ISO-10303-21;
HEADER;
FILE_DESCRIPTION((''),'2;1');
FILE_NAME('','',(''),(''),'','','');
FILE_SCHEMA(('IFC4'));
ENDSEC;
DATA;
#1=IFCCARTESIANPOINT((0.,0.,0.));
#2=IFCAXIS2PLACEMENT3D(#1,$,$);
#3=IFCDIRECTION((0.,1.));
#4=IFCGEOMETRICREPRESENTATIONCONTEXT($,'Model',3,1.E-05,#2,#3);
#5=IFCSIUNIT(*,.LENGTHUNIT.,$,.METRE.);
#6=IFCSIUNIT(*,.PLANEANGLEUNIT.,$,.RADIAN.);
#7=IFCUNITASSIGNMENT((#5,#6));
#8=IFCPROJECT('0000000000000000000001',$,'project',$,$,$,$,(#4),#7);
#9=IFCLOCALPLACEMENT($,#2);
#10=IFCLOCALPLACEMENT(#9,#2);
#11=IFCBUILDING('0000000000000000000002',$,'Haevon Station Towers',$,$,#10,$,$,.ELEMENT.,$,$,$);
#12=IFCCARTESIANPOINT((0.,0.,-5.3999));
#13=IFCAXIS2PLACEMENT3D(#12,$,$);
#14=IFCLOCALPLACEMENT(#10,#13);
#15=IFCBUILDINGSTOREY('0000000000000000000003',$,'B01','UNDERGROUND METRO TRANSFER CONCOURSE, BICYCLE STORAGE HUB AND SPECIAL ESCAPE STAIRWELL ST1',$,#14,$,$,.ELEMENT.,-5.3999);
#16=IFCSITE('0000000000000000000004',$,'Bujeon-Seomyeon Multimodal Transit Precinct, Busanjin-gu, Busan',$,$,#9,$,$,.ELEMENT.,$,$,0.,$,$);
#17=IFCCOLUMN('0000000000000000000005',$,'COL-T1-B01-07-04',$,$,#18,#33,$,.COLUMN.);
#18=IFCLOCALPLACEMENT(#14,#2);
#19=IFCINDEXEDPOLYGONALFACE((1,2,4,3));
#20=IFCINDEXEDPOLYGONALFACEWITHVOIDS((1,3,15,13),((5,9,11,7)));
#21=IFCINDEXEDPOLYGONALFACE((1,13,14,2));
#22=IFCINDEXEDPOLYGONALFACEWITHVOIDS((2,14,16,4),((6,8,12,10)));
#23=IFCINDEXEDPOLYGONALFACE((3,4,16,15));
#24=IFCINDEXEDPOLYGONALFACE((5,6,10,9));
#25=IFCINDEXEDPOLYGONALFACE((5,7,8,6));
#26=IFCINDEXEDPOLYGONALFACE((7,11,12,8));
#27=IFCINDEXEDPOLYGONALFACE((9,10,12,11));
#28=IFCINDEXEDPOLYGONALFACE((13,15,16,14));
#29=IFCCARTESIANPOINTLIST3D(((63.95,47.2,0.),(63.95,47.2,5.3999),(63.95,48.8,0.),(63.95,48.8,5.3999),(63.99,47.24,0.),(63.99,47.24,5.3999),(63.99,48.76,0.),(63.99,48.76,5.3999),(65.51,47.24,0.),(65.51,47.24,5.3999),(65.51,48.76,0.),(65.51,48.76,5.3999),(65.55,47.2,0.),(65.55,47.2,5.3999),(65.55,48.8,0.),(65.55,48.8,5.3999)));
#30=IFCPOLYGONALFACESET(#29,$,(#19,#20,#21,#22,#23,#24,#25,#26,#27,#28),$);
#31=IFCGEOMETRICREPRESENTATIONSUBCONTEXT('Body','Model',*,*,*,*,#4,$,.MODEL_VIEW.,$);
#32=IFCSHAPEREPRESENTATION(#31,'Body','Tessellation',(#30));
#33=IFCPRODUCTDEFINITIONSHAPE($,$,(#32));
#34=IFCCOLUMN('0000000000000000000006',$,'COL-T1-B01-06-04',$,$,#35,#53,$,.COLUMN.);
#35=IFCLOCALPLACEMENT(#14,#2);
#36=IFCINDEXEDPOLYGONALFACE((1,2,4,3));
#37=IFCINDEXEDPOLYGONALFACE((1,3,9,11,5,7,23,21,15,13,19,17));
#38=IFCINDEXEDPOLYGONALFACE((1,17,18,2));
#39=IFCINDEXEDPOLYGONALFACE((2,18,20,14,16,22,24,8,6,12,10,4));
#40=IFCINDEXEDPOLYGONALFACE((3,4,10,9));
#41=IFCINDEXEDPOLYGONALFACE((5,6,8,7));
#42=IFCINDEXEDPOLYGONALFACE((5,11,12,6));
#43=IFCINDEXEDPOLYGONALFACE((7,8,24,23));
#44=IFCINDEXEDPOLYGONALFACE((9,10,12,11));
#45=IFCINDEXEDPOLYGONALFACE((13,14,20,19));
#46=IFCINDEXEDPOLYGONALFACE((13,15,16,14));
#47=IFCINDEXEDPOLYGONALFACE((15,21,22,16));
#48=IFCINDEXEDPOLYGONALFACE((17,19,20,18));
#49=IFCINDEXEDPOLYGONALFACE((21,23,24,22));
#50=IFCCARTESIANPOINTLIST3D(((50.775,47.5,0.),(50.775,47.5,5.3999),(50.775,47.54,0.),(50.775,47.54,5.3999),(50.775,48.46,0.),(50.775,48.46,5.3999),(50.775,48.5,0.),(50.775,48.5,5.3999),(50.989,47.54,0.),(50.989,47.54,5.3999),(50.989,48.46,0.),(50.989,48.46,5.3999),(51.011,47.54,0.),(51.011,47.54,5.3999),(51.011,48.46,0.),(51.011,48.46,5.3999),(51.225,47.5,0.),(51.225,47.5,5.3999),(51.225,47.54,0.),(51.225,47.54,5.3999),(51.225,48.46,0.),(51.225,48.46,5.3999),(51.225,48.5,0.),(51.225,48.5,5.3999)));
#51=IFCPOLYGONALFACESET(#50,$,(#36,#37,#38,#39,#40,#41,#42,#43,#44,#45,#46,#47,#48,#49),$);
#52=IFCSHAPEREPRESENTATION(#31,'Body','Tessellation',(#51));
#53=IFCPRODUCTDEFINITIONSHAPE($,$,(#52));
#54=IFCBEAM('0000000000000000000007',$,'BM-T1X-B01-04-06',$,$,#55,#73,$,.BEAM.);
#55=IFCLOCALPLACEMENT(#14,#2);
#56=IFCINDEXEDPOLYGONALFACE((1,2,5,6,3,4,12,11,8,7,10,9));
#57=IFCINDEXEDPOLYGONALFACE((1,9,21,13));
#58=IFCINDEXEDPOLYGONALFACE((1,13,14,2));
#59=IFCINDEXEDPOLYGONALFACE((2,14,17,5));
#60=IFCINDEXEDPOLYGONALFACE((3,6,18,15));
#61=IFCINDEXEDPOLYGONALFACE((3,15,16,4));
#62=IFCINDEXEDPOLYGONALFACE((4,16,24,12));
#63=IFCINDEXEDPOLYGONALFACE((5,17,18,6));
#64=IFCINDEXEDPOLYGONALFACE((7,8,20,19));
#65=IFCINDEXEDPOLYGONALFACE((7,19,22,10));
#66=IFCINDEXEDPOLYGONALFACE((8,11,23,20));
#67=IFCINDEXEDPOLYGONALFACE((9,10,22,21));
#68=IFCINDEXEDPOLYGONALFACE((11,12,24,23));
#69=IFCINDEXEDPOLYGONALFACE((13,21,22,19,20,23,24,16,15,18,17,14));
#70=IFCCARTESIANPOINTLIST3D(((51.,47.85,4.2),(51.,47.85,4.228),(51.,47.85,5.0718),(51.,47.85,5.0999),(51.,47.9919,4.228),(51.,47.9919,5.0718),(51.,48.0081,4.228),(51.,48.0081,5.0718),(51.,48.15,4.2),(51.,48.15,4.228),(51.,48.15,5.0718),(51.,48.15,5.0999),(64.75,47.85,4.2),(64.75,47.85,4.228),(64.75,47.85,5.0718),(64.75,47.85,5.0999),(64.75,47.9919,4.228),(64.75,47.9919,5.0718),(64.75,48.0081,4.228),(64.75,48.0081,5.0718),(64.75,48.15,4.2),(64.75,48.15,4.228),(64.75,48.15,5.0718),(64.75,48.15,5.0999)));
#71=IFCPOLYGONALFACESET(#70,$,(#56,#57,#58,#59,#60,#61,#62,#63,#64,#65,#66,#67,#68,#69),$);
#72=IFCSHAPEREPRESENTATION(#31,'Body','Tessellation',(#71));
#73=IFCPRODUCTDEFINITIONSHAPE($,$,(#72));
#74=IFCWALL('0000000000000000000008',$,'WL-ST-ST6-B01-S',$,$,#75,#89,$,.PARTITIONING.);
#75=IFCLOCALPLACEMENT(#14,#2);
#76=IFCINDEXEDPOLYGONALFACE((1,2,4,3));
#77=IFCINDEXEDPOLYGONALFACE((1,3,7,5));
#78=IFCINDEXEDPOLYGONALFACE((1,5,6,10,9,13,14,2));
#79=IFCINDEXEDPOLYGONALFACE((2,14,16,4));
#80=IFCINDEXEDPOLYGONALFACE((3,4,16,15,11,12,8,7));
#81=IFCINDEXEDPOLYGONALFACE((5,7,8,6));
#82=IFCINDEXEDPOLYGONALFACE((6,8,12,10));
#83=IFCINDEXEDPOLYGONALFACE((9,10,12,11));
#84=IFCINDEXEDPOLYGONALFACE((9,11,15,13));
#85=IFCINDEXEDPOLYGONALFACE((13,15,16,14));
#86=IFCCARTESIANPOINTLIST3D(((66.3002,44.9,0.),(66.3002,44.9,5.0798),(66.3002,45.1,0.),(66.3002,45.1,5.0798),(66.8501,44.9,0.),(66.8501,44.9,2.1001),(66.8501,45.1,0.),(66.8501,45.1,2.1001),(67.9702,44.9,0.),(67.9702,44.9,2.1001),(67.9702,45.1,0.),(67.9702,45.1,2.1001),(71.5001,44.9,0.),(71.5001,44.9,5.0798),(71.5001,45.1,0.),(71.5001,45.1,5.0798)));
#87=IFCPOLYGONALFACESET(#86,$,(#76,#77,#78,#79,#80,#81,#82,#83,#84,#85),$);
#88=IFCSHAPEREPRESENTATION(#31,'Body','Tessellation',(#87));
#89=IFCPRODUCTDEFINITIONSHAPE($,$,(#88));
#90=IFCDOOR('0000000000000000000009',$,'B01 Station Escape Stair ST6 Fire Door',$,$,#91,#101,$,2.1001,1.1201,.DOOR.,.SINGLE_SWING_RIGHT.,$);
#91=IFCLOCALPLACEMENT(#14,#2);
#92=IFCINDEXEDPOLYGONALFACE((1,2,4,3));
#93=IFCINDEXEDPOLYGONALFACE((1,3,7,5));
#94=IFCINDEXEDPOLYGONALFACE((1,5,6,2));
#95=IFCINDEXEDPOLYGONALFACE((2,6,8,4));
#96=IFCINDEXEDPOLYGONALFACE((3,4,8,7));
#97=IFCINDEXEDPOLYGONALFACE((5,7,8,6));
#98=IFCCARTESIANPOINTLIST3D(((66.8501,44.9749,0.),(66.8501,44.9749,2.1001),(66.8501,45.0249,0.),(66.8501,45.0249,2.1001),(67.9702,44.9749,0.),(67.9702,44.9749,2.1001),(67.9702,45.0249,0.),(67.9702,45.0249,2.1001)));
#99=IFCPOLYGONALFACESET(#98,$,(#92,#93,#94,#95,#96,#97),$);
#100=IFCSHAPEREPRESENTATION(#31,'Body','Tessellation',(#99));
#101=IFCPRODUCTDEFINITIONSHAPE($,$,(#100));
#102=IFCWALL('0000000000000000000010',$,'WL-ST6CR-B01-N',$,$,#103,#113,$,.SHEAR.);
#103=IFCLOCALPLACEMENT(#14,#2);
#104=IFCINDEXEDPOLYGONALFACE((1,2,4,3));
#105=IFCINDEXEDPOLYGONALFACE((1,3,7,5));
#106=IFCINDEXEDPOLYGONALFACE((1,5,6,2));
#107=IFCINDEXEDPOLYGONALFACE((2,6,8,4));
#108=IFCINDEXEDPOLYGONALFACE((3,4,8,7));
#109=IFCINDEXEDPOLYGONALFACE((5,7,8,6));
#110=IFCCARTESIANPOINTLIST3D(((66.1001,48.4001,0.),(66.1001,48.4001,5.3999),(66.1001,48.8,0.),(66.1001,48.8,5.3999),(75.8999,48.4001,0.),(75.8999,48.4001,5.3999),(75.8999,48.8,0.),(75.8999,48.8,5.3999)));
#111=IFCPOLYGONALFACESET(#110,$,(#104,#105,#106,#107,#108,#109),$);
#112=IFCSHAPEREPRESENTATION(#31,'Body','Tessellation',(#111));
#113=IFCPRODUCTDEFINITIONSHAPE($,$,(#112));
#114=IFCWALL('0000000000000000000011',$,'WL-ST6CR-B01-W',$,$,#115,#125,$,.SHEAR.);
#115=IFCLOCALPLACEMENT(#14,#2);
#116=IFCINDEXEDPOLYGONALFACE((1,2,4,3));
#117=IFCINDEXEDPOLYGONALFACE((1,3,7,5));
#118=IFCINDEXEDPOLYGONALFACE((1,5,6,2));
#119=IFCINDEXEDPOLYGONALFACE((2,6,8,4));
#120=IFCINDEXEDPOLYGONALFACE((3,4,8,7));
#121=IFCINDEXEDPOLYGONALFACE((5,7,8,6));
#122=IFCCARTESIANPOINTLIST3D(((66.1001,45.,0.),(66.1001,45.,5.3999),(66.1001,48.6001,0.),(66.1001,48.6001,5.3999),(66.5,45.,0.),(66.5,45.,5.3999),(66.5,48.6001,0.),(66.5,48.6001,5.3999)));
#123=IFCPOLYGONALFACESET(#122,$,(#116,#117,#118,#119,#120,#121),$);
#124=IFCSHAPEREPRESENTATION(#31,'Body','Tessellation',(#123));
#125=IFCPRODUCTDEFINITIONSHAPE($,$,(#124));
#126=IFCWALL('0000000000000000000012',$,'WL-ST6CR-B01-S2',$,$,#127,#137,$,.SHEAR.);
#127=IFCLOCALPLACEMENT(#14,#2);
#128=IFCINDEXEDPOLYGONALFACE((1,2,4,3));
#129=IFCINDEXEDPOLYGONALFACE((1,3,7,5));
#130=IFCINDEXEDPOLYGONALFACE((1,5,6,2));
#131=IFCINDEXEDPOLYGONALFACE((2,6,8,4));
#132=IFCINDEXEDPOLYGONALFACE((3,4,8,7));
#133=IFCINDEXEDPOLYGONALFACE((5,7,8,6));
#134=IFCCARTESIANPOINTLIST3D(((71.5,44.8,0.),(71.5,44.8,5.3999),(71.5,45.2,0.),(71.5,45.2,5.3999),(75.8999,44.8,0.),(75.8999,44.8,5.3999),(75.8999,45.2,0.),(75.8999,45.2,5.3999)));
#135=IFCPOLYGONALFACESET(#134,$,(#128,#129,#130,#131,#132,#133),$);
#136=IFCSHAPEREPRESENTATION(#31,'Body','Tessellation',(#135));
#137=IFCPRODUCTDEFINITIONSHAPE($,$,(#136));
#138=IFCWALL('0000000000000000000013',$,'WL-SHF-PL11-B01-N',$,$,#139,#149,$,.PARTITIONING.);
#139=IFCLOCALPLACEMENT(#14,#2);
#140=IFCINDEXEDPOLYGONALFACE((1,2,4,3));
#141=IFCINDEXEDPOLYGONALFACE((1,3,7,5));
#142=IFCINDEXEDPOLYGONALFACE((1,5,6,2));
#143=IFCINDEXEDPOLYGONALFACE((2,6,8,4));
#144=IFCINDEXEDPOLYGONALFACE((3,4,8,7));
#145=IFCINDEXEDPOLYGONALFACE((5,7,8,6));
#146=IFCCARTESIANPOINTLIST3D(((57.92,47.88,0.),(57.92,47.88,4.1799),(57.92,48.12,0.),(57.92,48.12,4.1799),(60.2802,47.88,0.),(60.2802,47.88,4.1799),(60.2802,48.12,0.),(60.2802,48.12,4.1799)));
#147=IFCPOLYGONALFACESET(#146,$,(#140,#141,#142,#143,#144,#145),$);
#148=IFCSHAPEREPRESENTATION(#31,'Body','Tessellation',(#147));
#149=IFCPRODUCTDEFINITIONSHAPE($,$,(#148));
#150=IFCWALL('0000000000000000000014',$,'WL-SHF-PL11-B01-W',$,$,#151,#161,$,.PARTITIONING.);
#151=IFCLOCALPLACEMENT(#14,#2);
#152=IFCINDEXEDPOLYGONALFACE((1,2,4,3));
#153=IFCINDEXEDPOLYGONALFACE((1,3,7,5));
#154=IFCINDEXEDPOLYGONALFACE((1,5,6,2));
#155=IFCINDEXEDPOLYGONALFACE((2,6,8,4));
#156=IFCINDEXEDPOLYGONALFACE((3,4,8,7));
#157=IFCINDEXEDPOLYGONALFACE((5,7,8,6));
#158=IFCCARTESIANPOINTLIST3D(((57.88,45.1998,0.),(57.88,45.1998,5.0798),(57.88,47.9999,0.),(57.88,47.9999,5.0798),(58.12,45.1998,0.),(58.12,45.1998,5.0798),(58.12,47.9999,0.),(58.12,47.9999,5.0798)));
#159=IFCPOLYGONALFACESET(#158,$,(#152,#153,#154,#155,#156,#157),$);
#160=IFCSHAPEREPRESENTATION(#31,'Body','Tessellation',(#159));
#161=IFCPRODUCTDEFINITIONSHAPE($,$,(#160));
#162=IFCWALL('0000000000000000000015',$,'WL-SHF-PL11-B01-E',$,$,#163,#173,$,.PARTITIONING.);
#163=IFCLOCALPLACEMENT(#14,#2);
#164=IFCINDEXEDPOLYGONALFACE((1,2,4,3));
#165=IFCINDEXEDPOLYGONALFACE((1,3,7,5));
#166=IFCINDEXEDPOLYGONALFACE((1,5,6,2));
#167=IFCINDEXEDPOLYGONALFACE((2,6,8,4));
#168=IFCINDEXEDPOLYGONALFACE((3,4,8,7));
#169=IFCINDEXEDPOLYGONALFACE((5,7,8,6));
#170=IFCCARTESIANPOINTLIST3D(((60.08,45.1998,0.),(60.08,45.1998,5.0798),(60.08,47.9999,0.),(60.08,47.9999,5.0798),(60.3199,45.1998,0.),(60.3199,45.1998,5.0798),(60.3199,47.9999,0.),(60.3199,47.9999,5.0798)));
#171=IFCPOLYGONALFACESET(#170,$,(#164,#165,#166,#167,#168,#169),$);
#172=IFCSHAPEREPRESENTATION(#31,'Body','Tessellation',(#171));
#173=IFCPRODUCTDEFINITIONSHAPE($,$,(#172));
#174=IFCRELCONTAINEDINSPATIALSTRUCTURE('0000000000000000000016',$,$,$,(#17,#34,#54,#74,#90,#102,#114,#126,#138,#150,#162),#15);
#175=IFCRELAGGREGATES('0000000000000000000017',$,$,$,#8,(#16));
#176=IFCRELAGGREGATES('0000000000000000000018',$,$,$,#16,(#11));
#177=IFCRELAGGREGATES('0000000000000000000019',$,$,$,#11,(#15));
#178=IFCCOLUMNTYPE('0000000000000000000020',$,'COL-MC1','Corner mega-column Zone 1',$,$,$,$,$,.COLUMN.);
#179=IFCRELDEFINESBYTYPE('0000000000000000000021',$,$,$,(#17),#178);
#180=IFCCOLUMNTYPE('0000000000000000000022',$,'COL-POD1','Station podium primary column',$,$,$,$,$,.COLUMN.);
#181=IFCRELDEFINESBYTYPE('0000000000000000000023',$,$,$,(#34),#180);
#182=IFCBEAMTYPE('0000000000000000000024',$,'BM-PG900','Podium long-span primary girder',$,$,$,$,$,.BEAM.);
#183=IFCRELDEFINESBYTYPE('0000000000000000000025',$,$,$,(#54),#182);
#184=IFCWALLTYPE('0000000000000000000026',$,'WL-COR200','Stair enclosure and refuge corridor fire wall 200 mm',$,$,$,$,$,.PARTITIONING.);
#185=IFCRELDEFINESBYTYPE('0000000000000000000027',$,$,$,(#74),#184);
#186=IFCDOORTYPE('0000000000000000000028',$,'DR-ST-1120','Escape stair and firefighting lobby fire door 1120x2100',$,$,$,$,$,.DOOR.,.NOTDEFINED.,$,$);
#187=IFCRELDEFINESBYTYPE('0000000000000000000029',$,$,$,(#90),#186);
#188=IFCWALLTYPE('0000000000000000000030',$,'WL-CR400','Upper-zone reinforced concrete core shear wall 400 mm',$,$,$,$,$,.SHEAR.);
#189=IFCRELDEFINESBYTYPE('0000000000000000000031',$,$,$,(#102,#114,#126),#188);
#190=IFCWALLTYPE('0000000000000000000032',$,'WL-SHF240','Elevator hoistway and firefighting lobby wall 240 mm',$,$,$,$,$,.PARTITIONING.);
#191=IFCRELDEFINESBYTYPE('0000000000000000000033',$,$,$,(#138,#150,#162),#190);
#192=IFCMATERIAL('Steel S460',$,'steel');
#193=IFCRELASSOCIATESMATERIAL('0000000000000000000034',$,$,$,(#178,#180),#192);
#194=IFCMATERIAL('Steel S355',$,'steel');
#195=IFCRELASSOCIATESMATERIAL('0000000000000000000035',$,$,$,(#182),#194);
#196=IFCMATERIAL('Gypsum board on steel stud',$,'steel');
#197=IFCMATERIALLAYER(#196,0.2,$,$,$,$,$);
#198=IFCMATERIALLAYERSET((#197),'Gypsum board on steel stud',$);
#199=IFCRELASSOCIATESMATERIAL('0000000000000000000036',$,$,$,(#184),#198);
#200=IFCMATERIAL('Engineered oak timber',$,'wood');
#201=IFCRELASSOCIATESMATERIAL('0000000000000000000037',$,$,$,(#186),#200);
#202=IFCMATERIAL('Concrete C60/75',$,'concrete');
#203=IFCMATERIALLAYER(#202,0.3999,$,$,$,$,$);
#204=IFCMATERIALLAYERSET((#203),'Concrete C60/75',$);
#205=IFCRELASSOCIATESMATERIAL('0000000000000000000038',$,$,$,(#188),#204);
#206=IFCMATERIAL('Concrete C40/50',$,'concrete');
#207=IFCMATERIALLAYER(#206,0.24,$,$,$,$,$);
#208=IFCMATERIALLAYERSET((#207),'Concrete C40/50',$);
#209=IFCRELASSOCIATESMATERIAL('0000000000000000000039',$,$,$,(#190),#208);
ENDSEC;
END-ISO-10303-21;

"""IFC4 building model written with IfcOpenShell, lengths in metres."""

from ifc_helpers import new_model, si_unit, direction, frame, frame_2d, origin, origin_2d, place, context, subcontext, project, spatial, rectangle, hollow_rectangle, i_section, extrude, material, layer, layer_set, material_profile, profile_set, type_object, element, fill, save


model = new_model("IFC4")

# Units and contexts
model_context = context("Model", 3, precision=1e-05, world=origin(), true_north=direction((0.0, 1.0)))
body_context = subcontext(model_context, "Body", "Model", "MODEL_VIEW")
ifc_project = project(units=[si_unit("LENGTHUNIT", "METRE"), si_unit("PLANEANGLEUNIT", "RADIAN")], contexts=[model_context])

# Site, building, storey
site_placement = place(None, origin())
site = spatial("IfcSite", under=ifc_project, at=site_placement, Name="Bujeon-Seomyeon Multimodal Transit Precinct, Busanjin-gu, Busan", CompositionType="ELEMENT", RefElevation=0.0)
building_placement = place(site_placement, origin())
building = spatial("IfcBuilding", under=site, at=building_placement, Name="Haevon Station Towers", CompositionType="ELEMENT")
storey_placement = place(building_placement, frame((0.0, 0.0, -5.3999)))
storey = spatial("IfcBuildingStorey", under=building, at=storey_placement, Name="B01", Description="UNDERGROUND METRO TRANSFER CONCOURSE, BICYCLE STORAGE HUB AND SPECIAL ESCAPE STAIRWELL ST1", CompositionType="ELEMENT", Elevation=-5.3999)

# Columns
ifc_material_1 = material(Name="Steel S460", Category="steel")
ifc_material_profile_1 = material_profile(ifc_material_1, hollow_rectangle(XDim=1.6001, YDim=1.6001, WallThickness=0.04, at=origin_2d()), Name="BOX-1600x1600x40")
ifc_profile_set_1 = profile_set([ifc_material_profile_1], Name="Steel S460")
column_type_1 = type_object("IfcColumnType", Name="COL-MC1", Description="Corner mega-column Zone 1", PredefinedType="COLUMN", material=ifc_profile_set_1)
column_1_placement = place(storey_placement, frame((64.75, 48.0, 0.0), z_axis=(0.0, 0.0, 1.0), x_axis=(1.0, 0.0, 0.0)))
element("IfcColumn", 1, at=column_1_placement, inside=storey, type_object=column_type_1, Name="COL-T1-B01-07-04", PredefinedType="COLUMN", context=body_context, shape_type="SweptSolid", body=[
    extrude(hollow_rectangle(XDim=1.6001, YDim=1.6001, WallThickness=0.04, at=origin_2d()), origin(), (0.0, 0.0, 1.0), 5.3999),
])
ifc_material_profile_2 = material_profile(ifc_material_1, i_section(OverallWidth=0.45, OverallDepth=1.0, WebThickness=0.022, FlangeThickness=0.04, at=origin_2d()), Name="H-1000x450x22x40")
ifc_profile_set_2 = profile_set([ifc_material_profile_2], Name="Steel S460")
column_type_2 = type_object("IfcColumnType", Name="COL-POD1", Description="Station podium primary column", PredefinedType="COLUMN", material=ifc_profile_set_2)
column_2_placement = place(storey_placement, frame((51.0, 48.0, 0.0), z_axis=(0.0, 0.0, 1.0), x_axis=(1.0, 0.0, 0.0)))
element("IfcColumn", 2, at=column_2_placement, inside=storey, type_object=column_type_2, Name="COL-T1-B01-06-04", PredefinedType="COLUMN", context=body_context, shape_type="SweptSolid", body=[
    extrude(i_section(OverallWidth=0.45, OverallDepth=1.0, WebThickness=0.022, FlangeThickness=0.04, at=origin_2d()), origin(), (0.0, 0.0, 1.0), 5.3999),
])

# Beam
ifc_material_2 = material(Name="Steel S355", Category="steel")
ifc_material_profile_3 = material_profile(ifc_material_2, i_section(OverallWidth=0.3, OverallDepth=0.8999, WebThickness=0.0161, FlangeThickness=0.0281, at=origin_2d()), Name="H-900x300x16x28")
ifc_profile_set_3 = profile_set([ifc_material_profile_3], Name="Steel S355")
beam_type = type_object("IfcBeamType", Name="BM-PG900", Description="Podium long-span primary girder", PredefinedType="BEAM", material=ifc_profile_set_3)
beam_placement = place(storey_placement, frame((51.0, 48.0, 4.6499), z_axis=(1.0, 0.0, 0.0), x_axis=(0.0, 1.0, 0.0)))
element("IfcBeam", 3, at=beam_placement, inside=storey, type_object=beam_type, Name="BM-T1X-B01-04-06", PredefinedType="BEAM", context=body_context, shape_type="SweptSolid", body=[
    extrude(i_section(OverallWidth=0.3, OverallDepth=0.8999, WebThickness=0.0161, FlangeThickness=0.0281, at=origin_2d()), origin(), (0.0, 0.0, 1.0), 13.75),
])

# Wall, opening, door
ifc_material_3 = material(Name="Gypsum board on steel stud", Category="steel")
ifc_layer_1 = layer(ifc_material_3, 0.2)
ifc_layer_set_1 = layer_set([ifc_layer_1], Name="Gypsum board on steel stud")
wall_type_1 = type_object("IfcWallType", Name="WL-COR200", Description="Stair enclosure and refuge corridor fire wall 200 mm", PredefinedType="PARTITIONING", material=ifc_layer_set_1)
wall_1_placement = place(storey_placement, frame((66.3, 45.0, 0.0), z_axis=(0.0, 0.0, 1.0), x_axis=(1.0, 0.0, 0.0)))
wall_1 = element("IfcWall", 4, at=wall_1_placement, inside=storey, type_object=wall_type_1, Name="WL-ST-ST6-B01-S", PredefinedType="PARTITIONING", context=body_context, shape_type="SweptSolid", body=[
    extrude(rectangle(XDim=5.2, YDim=0.2, at=frame_2d((2.6001, 0.0))), origin(), (0.0, 0.0, 1.0), 5.0798),
])
opening_1_placement = place(wall_1_placement, frame((0.55, 0.0, 0.0)))
opening_1 = element("IfcOpeningElement", 5, at=opening_1_placement, cuts=wall_1, PredefinedType="OPENING", context=body_context, shape_type="SweptSolid", body=[
    extrude(rectangle(XDim=1.1201, YDim=2.1001, at=frame_2d((0.5601, 1.05))), frame((0.0, 0.1099, 0.0), z_axis=(0.0, -1.0, 0.0), x_axis=(1.0, 0.0, 0.0)), (0.0, 0.0, 1.0), 0.22),
])
ifc_material_4 = material(Name="Engineered oak timber", Category="wood")
door_type_1 = type_object("IfcDoorType", Name="DR-ST-1120", Description="Escape stair and firefighting lobby fire door 1120x2100", OperationType="NOTDEFINED", PredefinedType="DOOR", material=ifc_material_4)
door_1_placement = place(opening_1_placement, origin())
door_1 = element("IfcDoor", 6, at=door_1_placement, inside=storey, type_object=door_type_1, Name="B01 Station Escape Stair ST6 Fire Door", OperationType="SINGLE_SWING_RIGHT", OverallHeight=2.1001, OverallWidth=1.1201, PredefinedType="DOOR", context=body_context, shape_type="SweptSolid", body=[
    extrude(rectangle(XDim=1.1201, YDim=2.1001, at=frame_2d((0.5601, 1.05))), frame((0.0, 0.0249, 0.0), z_axis=(0.0, -1.0, 0.0), x_axis=(1.0, 0.0, 0.0)), (0.0, 0.0, 1.0), 0.05),
])
fill(opening_1, door_1)

# Walls
ifc_material_5 = material(Name="Concrete C60/75", Category="concrete")
ifc_layer_2 = layer(ifc_material_5, 0.3999)
ifc_layer_set_2 = layer_set([ifc_layer_2], Name="Concrete C60/75")
wall_type_2 = type_object("IfcWallType", Name="WL-CR400", Description="Upper-zone reinforced concrete core shear wall 400 mm", PredefinedType="SHEAR", material=ifc_layer_set_2)
wall_2_placement = place(storey_placement, frame((66.1001, 48.6001, 0.0), z_axis=(0.0, 0.0, 1.0), x_axis=(1.0, 0.0, 0.0)))
element("IfcWall", 7, at=wall_2_placement, inside=storey, type_object=wall_type_2, Name="WL-ST6CR-B01-N", PredefinedType="SHEAR", context=body_context, shape_type="SweptSolid", body=[
    extrude(rectangle(XDim=9.7998, YDim=0.3999, at=frame_2d((4.8999, 0.0))), origin(), (0.0, 0.0, 1.0), 5.3999),
])
wall_3_placement = place(storey_placement, frame((66.3, 45.0, 0.0), z_axis=(0.0, 0.0, 1.0), x_axis=(0.0, 1.0, 0.0)))
element("IfcWall", 8, at=wall_3_placement, inside=storey, type_object=wall_type_2, Name="WL-ST6CR-B01-W", PredefinedType="SHEAR", context=body_context, shape_type="SweptSolid", body=[
    extrude(rectangle(XDim=3.6001, YDim=0.3999, at=frame_2d((1.8, 0.0))), origin(), (0.0, 0.0, 1.0), 5.3999),
])
wall_4_placement = place(storey_placement, frame((71.5, 45.0, 0.0), z_axis=(0.0, 0.0, 1.0), x_axis=(1.0, 0.0, 0.0)))
element("IfcWall", 9, at=wall_4_placement, inside=storey, type_object=wall_type_2, Name="WL-ST6CR-B01-S2", PredefinedType="SHEAR", context=body_context, shape_type="SweptSolid", body=[
    extrude(rectangle(XDim=4.3999, YDim=0.3999, at=frame_2d((2.2, 0.0))), origin(), (0.0, 0.0, 1.0), 5.3999),
])

# Shared definitions
ifc_material_6 = material(Name="Concrete C40/50", Category="concrete")
ifc_layer_3 = layer(ifc_material_6, 0.24)
ifc_layer_set_3 = layer_set([ifc_layer_3], Name="Concrete C40/50")
wall_type_3 = type_object("IfcWallType", Name="WL-SHF240", Description="Elevator hoistway and firefighting lobby wall 240 mm", PredefinedType="PARTITIONING", material=ifc_layer_set_3)

# Walls
wall_5_placement = place(storey_placement, frame((57.9199, 48.0, 0.0), z_axis=(0.0, 0.0, 1.0), x_axis=(1.0, 0.0, 0.0)))
element("IfcWall", 10, at=wall_5_placement, inside=storey, type_object=wall_type_3, Name="WL-SHF-PL11-B01-N", PredefinedType="PARTITIONING", context=body_context, shape_type="SweptSolid", body=[
    extrude(rectangle(XDim=2.3601, YDim=0.24, at=frame_2d((1.1802, 0.0))), origin(), (0.0, 0.0, 1.0), 4.1799),
])
for number, where, z_axis, x_axis, name in (
    (11, (58.0, 45.2, 0.0), (0.0, 0.0, 1.0), (0.0, 1.0, 0.0), "WL-SHF-PL11-B01-W"),
    (12, (60.2, 45.2, 0.0), (0.0, 0.0, 1.0), (0.0, 1.0, 0.0), "WL-SHF-PL11-B01-E"),
):
    element("IfcWall", number, at=place(storey_placement, frame(where, z_axis=z_axis, x_axis=x_axis)), inside=storey, type_object=wall_type_3, Name=name, PredefinedType="PARTITIONING", context=body_context, shape_type="SweptSolid", body=[
        extrude(rectangle(XDim=2.8, YDim=0.24, at=frame_2d((1.3999, 0.0))), origin(), (0.0, 0.0, 1.0), 5.0798),
    ])

save(model, "model.ifc")
